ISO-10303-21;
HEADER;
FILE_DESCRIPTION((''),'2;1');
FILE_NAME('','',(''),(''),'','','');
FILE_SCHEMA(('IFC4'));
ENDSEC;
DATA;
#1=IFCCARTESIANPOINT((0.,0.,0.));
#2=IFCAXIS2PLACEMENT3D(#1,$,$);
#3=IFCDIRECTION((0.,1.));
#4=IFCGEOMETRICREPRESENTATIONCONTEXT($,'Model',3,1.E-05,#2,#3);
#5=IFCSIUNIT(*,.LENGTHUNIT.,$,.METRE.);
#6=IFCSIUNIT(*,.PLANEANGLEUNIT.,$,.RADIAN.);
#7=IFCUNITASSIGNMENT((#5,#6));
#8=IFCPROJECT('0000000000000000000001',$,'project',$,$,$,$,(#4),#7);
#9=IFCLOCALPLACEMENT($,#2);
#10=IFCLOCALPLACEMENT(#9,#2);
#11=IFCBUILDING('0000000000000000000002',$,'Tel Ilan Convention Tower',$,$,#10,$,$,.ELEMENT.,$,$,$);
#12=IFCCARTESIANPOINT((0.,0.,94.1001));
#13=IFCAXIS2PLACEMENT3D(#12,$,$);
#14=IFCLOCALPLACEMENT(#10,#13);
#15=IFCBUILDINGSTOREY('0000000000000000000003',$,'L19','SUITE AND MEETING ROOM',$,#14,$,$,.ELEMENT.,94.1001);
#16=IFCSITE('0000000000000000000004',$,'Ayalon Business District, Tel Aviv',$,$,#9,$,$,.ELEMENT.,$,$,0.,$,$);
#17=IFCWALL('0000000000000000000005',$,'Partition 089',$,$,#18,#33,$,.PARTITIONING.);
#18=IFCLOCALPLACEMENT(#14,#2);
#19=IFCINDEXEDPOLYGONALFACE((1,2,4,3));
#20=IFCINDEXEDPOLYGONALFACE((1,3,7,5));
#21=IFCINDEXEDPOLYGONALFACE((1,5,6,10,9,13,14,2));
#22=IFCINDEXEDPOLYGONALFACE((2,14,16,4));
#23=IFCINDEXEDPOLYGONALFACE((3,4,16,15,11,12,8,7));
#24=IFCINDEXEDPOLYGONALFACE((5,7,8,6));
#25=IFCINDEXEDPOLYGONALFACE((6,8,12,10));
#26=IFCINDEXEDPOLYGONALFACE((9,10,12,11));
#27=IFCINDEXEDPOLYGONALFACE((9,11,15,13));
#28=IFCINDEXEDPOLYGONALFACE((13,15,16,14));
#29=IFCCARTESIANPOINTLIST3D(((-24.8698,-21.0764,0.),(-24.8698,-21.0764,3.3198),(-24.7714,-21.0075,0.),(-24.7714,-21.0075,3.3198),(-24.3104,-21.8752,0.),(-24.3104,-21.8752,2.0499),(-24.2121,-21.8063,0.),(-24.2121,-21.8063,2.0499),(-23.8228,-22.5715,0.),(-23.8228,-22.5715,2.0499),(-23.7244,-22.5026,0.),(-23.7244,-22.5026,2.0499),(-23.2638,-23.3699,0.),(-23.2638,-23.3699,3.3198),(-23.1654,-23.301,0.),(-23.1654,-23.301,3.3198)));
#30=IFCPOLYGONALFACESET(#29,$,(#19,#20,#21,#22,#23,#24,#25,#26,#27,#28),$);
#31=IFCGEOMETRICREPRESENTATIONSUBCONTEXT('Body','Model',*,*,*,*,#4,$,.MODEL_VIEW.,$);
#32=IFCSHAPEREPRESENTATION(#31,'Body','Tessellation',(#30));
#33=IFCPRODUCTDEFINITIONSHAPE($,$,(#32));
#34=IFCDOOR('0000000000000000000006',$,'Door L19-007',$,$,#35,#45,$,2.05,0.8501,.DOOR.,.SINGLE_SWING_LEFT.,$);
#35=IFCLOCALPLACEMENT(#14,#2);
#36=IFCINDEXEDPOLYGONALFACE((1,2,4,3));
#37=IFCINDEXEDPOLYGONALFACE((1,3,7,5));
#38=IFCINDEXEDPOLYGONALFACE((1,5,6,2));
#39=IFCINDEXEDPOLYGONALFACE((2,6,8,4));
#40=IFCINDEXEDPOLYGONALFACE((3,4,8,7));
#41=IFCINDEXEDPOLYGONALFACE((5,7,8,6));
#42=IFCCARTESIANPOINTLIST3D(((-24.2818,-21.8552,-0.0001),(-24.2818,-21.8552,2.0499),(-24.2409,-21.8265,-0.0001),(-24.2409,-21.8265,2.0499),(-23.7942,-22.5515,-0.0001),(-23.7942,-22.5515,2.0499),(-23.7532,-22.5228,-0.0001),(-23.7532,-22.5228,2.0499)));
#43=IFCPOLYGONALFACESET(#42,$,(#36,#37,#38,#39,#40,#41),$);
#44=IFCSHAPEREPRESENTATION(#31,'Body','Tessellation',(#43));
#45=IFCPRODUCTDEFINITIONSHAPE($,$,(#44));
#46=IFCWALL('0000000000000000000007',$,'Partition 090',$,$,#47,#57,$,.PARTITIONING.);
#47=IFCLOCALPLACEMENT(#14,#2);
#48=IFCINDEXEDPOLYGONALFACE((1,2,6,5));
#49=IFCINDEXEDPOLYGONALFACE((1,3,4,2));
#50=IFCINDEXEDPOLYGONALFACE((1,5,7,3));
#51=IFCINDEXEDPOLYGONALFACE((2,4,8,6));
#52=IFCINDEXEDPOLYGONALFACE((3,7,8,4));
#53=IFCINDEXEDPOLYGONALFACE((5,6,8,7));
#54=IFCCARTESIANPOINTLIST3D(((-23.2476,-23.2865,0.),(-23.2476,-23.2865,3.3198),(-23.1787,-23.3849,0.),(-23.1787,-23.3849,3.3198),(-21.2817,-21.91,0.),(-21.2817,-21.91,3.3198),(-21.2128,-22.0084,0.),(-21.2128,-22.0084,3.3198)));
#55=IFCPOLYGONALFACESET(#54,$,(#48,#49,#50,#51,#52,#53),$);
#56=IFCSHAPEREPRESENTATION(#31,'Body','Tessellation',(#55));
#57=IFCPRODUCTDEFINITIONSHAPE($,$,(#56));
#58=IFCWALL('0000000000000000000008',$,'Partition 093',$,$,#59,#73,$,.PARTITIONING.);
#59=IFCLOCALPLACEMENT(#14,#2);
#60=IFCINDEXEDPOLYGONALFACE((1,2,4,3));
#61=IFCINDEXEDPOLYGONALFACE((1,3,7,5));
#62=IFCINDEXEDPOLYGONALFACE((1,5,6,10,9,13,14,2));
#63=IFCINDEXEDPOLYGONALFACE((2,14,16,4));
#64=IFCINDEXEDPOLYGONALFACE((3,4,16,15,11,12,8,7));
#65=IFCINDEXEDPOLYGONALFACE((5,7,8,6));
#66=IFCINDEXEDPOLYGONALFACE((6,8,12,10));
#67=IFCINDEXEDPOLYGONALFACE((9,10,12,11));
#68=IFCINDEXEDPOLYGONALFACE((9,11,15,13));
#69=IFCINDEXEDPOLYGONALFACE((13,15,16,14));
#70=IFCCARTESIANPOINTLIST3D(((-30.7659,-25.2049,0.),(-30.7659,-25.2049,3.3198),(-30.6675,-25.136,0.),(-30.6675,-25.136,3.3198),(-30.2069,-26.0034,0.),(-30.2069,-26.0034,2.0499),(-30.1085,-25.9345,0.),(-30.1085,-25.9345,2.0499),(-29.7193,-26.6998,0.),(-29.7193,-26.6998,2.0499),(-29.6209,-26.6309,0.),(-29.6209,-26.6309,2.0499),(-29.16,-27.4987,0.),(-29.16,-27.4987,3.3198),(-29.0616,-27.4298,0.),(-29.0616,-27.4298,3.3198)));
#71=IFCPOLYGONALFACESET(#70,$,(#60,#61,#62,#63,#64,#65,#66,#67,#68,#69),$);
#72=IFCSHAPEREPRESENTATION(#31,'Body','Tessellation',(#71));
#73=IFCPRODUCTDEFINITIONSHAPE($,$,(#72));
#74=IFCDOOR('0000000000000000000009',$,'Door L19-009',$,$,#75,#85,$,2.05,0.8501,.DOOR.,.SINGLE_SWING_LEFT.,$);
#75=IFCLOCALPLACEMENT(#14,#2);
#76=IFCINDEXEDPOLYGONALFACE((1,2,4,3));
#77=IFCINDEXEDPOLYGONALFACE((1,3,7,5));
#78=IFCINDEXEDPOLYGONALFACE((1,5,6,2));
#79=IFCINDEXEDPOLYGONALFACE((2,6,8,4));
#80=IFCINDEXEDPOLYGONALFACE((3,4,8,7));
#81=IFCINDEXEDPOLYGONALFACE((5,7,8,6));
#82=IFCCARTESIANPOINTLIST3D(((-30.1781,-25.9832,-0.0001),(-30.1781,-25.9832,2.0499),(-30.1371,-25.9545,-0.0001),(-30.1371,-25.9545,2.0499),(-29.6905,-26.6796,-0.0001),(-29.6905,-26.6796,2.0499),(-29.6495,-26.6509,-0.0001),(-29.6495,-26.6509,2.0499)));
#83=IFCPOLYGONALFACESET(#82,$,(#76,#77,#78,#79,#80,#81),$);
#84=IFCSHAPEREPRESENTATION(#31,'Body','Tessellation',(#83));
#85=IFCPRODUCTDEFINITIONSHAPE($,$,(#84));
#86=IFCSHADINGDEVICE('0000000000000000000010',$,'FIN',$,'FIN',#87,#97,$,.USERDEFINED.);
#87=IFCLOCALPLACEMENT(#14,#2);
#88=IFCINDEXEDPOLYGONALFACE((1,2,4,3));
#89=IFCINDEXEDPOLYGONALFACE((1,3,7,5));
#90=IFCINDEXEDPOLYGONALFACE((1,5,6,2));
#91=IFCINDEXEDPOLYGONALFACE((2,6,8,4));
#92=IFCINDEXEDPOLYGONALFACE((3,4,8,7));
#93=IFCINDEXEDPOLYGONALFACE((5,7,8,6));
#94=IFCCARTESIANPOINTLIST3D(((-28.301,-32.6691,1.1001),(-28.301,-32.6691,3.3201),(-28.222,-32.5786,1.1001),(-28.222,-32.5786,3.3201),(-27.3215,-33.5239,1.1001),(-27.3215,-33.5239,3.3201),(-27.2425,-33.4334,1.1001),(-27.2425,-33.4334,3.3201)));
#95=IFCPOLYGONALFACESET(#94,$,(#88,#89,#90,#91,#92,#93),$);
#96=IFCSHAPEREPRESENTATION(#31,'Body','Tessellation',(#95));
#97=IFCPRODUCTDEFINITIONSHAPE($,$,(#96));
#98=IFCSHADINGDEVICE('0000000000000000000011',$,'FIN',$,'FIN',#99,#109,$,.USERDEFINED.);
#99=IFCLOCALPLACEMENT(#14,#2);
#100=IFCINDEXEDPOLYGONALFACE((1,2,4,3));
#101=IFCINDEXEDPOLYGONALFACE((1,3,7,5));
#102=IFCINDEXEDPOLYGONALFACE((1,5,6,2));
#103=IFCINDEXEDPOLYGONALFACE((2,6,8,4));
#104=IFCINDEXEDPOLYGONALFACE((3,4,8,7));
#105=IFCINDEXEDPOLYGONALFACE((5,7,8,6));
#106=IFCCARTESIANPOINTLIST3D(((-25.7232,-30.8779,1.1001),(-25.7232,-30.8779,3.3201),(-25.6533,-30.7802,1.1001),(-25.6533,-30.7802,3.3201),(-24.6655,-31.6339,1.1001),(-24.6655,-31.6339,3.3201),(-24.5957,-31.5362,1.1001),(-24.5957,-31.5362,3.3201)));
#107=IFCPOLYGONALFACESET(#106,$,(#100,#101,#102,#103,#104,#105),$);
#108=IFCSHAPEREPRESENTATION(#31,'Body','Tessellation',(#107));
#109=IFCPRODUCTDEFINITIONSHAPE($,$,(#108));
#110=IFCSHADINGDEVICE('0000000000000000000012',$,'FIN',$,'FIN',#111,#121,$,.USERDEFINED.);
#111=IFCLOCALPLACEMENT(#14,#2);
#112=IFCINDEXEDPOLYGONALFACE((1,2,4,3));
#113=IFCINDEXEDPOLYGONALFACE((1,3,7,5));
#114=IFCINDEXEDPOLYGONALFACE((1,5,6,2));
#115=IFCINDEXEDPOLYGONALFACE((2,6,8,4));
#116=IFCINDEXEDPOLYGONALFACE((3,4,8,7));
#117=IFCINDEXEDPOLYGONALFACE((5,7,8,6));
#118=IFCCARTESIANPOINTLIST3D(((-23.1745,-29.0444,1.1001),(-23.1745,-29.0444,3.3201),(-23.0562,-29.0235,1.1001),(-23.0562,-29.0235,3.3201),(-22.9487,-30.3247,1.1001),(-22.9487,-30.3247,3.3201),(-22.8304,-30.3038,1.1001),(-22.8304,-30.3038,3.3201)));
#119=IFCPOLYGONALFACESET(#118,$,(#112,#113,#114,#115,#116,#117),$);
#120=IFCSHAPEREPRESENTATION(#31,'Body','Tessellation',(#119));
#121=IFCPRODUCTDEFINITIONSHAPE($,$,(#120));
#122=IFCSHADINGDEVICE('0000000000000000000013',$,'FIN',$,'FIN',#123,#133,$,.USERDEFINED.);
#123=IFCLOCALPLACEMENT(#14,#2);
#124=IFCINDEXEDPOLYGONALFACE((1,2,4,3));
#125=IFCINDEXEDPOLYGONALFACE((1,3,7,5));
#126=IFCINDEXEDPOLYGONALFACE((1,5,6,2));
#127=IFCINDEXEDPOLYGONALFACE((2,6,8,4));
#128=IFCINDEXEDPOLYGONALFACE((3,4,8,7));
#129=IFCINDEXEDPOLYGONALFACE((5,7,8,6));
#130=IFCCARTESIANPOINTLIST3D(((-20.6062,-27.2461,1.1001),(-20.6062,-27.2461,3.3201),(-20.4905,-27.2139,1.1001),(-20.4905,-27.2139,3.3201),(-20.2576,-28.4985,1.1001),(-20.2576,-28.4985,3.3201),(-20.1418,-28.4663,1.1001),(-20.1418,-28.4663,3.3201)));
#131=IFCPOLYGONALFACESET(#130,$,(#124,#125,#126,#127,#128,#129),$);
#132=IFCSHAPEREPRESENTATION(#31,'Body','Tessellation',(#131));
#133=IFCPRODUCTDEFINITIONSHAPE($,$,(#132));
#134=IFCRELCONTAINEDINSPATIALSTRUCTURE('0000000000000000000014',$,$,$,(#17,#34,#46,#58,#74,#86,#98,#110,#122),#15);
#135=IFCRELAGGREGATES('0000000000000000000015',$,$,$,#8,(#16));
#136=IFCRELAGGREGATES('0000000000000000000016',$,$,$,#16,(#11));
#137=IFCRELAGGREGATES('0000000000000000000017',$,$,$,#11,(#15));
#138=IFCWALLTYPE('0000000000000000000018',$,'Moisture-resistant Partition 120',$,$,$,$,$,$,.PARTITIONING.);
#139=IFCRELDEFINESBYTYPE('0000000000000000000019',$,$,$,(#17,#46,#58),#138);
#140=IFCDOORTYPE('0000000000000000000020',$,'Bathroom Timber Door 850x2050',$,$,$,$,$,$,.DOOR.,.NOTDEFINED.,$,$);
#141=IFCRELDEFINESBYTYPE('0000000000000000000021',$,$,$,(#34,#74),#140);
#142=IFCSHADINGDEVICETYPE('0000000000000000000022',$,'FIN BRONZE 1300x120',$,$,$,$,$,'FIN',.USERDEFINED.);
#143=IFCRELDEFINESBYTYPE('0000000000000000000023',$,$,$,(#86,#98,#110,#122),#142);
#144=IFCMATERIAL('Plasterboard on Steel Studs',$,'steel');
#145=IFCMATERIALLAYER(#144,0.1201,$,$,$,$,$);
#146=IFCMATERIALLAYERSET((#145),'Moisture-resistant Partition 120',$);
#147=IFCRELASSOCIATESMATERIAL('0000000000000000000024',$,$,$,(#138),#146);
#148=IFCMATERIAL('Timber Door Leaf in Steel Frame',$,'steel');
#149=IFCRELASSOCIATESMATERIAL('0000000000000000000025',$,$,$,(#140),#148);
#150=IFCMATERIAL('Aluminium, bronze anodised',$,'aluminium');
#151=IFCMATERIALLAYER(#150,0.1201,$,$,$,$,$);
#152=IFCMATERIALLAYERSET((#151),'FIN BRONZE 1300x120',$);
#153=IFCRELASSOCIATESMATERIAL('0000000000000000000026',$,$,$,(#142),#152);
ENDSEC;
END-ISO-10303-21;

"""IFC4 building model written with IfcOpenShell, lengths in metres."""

from ifc_helpers import new_model, si_unit, direction, frame, frame_2d, origin, origin_2d, place, context, subcontext, project, spatial, rectangle, extrude, material, layer, layer_set, type_object, element, fill, save


model = new_model("IFC4")

# Units and contexts
model_context = context("Model", 3, precision=1e-05, world=origin(), true_north=direction((0.0, 1.0)))
body_context = subcontext(model_context, "Body", "Model", "MODEL_VIEW")
ifc_project = project(units=[si_unit("LENGTHUNIT", "METRE"), si_unit("PLANEANGLEUNIT", "RADIAN")], contexts=[model_context])

# Site, building, storey
site_placement = place(None, origin())
site = spatial("IfcSite", under=ifc_project, at=site_placement, Name="Ayalon Business District, Tel Aviv", CompositionType="ELEMENT", RefElevation=0.0)
building_placement = place(site_placement, origin())
building = spatial("IfcBuilding", under=site, at=building_placement, Name="Tel Ilan Convention Tower", CompositionType="ELEMENT")
storey_placement = place(building_placement, frame((0.0, 0.0, 94.1001)))
storey = spatial("IfcBuildingStorey", under=building, at=storey_placement, Name="L19", Description="SUITE AND MEETING ROOM", CompositionType="ELEMENT", Elevation=94.1001)

# Shared definitions
ifc_material_1 = material(Name="Plasterboard on Steel Studs", Category="steel")
ifc_layer_1 = layer(ifc_material_1, 0.1201)
ifc_layer_set_1 = layer_set([ifc_layer_1], Name="Moisture-resistant Partition 120")
wall_type_1 = type_object("IfcWallType", Name="Moisture-resistant Partition 120", PredefinedType="PARTITIONING", material=ifc_layer_set_1)

# Wall, opening, door
wall_1_placement = place(storey_placement, frame((-24.8206, -21.042, 0.0), z_axis=(0.0, 0.0, 1.0), x_axis=(0.573591, -0.819142, 0.0)))
wall_1 = element("IfcWall", 1, at=wall_1_placement, inside=storey, type_object=wall_type_1, Name="Partition 089", PredefinedType="PARTITIONING", context=body_context, shape_type="SweptSolid", body=[
    extrude(rectangle(XDim=2.7998, YDim=0.1201, at=frame_2d((1.3999, 0.0))), origin(), (0.0, 0.0, 1.0), 3.3198),
])
opening_1_placement = place(wall_1_placement, frame((0.9751, 0.0, 0.0)))
opening_1 = element("IfcOpeningElement", 2, at=opening_1_placement, cuts=wall_1, PredefinedType="OPENING", context=body_context, shape_type="SweptSolid", body=[
    extrude(rectangle(XDim=0.8501, YDim=2.05, at=frame_2d((0.425, 1.0249))), frame((0.0, 0.0701, 0.0), z_axis=(0.0, -1.0, 0.0), x_axis=(1.0, 0.0, 0.0)), (0.0, 0.0, 1.0), 0.1401),
])
ifc_material_2 = material(Name="Timber Door Leaf in Steel Frame", Category="steel")
door_type_1 = type_object("IfcDoorType", Name="Bathroom Timber Door 850x2050", OperationType="NOTDEFINED", PredefinedType="DOOR", material=ifc_material_2)
door_1_placement = place(opening_1_placement, origin())
door_1 = element("IfcDoor", 3, at=door_1_placement, inside=storey, type_object=door_type_1, Name="Door L19-007", OperationType="SINGLE_SWING_LEFT", OverallHeight=2.05, OverallWidth=0.8501, PredefinedType="DOOR", context=body_context, shape_type="SweptSolid", body=[
    extrude(rectangle(XDim=0.8501, YDim=2.05, at=frame_2d((0.425, 1.0249))), frame((0.0, 0.0249, 0.0), z_axis=(0.0, -1.0, 0.0), x_axis=(1.0, 0.0, 0.0)), (0.0, 0.0, 1.0), 0.05),
])
fill(opening_1, door_1)

# Wall
wall_2_placement = place(storey_placement, frame((-23.2131, -23.3357, 0.0), z_axis=(0.0, 0.0, 1.0), x_axis=(0.819155, 0.573572, 0.0)))
element("IfcWall", 4, at=wall_2_placement, inside=storey, type_object=wall_type_1, Name="Partition 090", PredefinedType="PARTITIONING", context=body_context, shape_type="SweptSolid", body=[
    extrude(rectangle(XDim=2.3999, YDim=0.1201, at=frame_2d((1.2, 0.0))), origin(), (0.0, 0.0, 1.0), 3.3198),
])

# Wall, opening, door
wall_3_placement = place(storey_placement, frame((-29.1108, -27.4641, 0.0), z_axis=(0.0, 0.0, 1.0), x_axis=(-0.57355, 0.81917, 0.0)))
wall_3 = element("IfcWall", 5, at=wall_3_placement, inside=storey, type_object=wall_type_1, Name="Partition 093", PredefinedType="PARTITIONING", context=body_context, shape_type="SweptSolid", body=[
    extrude(rectangle(XDim=2.8, YDim=0.1201, at=frame_2d((1.3999, 0.0))), origin(), (0.0, 0.0, 1.0), 3.3198),
])
opening_2_placement = place(wall_3_placement, frame((0.9751, 0.0, 0.0)))
opening_2 = element("IfcOpeningElement", 6, at=opening_2_placement, cuts=wall_3, PredefinedType="OPENING", context=body_context, shape_type="SweptSolid", body=[
    extrude(rectangle(XDim=0.8501, YDim=2.05, at=frame_2d((0.425, 1.0249))), frame((0.0, 0.0701, 0.0), z_axis=(0.0, -1.0, 0.0), x_axis=(1.0, 0.0, 0.0)), (0.0, 0.0, 1.0), 0.1401),
])
door_2_placement = place(opening_2_placement, origin())
door_2 = element("IfcDoor", 7, at=door_2_placement, inside=storey, type_object=door_type_1, Name="Door L19-009", OperationType="SINGLE_SWING_LEFT", OverallHeight=2.05, OverallWidth=0.8501, PredefinedType="DOOR", context=body_context, shape_type="SweptSolid", body=[
    extrude(rectangle(XDim=0.8501, YDim=2.05, at=frame_2d((0.425, 1.0249))), frame((0.0, 0.0249, 0.0), z_axis=(0.0, -1.0, 0.0), x_axis=(1.0, 0.0, 0.0)), (0.0, 0.0, 1.0), 0.05),
])
fill(opening_2, door_2)

# Shading devices
ifc_material_3 = material(Name="Aluminium, bronze anodised", Category="aluminium")
ifc_layer_2 = layer(ifc_material_3, 0.1201)
ifc_layer_set_2 = layer_set([ifc_layer_2], Name="FIN BRONZE 1300x120")
shading_device_type = type_object("IfcShadingDeviceType", Name="FIN BRONZE 1300x120", ElementType="FIN", PredefinedType="USERDEFINED", material=ifc_layer_set_2)
for number, where, z_axis, x_axis, name in (
    (8, (-27.7717, -33.0513, 1.1001), (0.0, 0.0, 1.0), (0.753436, -0.657521, 0.0), "FIN"),
    (9, (-25.1594, -31.207, 1.1001), (0.0, 0.0, 1.0), (0.813552, -0.581492, 0.0), "FIN"),
    (10, (-23.0024, -29.6741, 1.1001), (0.0, 0.0, 1.0), (0.173648, -0.984808, 0.0), "FIN"),
    (11, (-20.374, -27.8562, 1.1001), (0.0, 0.0, 1.0), (0.268173, -0.963371, 0.0), "FIN"),
):
    element("IfcShadingDevice", number, at=place(storey_placement, frame(where, z_axis=z_axis, x_axis=x_axis)), inside=storey, type_object=shading_device_type, Name=name, ObjectType="FIN", PredefinedType="USERDEFINED", context=body_context, shape_type="SweptSolid", body=[
        extrude(rectangle(XDim=1.3, YDim=0.1201, at=origin_2d()), origin(), (0.0, 0.0, 1.0), 2.22),
    ])

save(model, "model.ifc")
